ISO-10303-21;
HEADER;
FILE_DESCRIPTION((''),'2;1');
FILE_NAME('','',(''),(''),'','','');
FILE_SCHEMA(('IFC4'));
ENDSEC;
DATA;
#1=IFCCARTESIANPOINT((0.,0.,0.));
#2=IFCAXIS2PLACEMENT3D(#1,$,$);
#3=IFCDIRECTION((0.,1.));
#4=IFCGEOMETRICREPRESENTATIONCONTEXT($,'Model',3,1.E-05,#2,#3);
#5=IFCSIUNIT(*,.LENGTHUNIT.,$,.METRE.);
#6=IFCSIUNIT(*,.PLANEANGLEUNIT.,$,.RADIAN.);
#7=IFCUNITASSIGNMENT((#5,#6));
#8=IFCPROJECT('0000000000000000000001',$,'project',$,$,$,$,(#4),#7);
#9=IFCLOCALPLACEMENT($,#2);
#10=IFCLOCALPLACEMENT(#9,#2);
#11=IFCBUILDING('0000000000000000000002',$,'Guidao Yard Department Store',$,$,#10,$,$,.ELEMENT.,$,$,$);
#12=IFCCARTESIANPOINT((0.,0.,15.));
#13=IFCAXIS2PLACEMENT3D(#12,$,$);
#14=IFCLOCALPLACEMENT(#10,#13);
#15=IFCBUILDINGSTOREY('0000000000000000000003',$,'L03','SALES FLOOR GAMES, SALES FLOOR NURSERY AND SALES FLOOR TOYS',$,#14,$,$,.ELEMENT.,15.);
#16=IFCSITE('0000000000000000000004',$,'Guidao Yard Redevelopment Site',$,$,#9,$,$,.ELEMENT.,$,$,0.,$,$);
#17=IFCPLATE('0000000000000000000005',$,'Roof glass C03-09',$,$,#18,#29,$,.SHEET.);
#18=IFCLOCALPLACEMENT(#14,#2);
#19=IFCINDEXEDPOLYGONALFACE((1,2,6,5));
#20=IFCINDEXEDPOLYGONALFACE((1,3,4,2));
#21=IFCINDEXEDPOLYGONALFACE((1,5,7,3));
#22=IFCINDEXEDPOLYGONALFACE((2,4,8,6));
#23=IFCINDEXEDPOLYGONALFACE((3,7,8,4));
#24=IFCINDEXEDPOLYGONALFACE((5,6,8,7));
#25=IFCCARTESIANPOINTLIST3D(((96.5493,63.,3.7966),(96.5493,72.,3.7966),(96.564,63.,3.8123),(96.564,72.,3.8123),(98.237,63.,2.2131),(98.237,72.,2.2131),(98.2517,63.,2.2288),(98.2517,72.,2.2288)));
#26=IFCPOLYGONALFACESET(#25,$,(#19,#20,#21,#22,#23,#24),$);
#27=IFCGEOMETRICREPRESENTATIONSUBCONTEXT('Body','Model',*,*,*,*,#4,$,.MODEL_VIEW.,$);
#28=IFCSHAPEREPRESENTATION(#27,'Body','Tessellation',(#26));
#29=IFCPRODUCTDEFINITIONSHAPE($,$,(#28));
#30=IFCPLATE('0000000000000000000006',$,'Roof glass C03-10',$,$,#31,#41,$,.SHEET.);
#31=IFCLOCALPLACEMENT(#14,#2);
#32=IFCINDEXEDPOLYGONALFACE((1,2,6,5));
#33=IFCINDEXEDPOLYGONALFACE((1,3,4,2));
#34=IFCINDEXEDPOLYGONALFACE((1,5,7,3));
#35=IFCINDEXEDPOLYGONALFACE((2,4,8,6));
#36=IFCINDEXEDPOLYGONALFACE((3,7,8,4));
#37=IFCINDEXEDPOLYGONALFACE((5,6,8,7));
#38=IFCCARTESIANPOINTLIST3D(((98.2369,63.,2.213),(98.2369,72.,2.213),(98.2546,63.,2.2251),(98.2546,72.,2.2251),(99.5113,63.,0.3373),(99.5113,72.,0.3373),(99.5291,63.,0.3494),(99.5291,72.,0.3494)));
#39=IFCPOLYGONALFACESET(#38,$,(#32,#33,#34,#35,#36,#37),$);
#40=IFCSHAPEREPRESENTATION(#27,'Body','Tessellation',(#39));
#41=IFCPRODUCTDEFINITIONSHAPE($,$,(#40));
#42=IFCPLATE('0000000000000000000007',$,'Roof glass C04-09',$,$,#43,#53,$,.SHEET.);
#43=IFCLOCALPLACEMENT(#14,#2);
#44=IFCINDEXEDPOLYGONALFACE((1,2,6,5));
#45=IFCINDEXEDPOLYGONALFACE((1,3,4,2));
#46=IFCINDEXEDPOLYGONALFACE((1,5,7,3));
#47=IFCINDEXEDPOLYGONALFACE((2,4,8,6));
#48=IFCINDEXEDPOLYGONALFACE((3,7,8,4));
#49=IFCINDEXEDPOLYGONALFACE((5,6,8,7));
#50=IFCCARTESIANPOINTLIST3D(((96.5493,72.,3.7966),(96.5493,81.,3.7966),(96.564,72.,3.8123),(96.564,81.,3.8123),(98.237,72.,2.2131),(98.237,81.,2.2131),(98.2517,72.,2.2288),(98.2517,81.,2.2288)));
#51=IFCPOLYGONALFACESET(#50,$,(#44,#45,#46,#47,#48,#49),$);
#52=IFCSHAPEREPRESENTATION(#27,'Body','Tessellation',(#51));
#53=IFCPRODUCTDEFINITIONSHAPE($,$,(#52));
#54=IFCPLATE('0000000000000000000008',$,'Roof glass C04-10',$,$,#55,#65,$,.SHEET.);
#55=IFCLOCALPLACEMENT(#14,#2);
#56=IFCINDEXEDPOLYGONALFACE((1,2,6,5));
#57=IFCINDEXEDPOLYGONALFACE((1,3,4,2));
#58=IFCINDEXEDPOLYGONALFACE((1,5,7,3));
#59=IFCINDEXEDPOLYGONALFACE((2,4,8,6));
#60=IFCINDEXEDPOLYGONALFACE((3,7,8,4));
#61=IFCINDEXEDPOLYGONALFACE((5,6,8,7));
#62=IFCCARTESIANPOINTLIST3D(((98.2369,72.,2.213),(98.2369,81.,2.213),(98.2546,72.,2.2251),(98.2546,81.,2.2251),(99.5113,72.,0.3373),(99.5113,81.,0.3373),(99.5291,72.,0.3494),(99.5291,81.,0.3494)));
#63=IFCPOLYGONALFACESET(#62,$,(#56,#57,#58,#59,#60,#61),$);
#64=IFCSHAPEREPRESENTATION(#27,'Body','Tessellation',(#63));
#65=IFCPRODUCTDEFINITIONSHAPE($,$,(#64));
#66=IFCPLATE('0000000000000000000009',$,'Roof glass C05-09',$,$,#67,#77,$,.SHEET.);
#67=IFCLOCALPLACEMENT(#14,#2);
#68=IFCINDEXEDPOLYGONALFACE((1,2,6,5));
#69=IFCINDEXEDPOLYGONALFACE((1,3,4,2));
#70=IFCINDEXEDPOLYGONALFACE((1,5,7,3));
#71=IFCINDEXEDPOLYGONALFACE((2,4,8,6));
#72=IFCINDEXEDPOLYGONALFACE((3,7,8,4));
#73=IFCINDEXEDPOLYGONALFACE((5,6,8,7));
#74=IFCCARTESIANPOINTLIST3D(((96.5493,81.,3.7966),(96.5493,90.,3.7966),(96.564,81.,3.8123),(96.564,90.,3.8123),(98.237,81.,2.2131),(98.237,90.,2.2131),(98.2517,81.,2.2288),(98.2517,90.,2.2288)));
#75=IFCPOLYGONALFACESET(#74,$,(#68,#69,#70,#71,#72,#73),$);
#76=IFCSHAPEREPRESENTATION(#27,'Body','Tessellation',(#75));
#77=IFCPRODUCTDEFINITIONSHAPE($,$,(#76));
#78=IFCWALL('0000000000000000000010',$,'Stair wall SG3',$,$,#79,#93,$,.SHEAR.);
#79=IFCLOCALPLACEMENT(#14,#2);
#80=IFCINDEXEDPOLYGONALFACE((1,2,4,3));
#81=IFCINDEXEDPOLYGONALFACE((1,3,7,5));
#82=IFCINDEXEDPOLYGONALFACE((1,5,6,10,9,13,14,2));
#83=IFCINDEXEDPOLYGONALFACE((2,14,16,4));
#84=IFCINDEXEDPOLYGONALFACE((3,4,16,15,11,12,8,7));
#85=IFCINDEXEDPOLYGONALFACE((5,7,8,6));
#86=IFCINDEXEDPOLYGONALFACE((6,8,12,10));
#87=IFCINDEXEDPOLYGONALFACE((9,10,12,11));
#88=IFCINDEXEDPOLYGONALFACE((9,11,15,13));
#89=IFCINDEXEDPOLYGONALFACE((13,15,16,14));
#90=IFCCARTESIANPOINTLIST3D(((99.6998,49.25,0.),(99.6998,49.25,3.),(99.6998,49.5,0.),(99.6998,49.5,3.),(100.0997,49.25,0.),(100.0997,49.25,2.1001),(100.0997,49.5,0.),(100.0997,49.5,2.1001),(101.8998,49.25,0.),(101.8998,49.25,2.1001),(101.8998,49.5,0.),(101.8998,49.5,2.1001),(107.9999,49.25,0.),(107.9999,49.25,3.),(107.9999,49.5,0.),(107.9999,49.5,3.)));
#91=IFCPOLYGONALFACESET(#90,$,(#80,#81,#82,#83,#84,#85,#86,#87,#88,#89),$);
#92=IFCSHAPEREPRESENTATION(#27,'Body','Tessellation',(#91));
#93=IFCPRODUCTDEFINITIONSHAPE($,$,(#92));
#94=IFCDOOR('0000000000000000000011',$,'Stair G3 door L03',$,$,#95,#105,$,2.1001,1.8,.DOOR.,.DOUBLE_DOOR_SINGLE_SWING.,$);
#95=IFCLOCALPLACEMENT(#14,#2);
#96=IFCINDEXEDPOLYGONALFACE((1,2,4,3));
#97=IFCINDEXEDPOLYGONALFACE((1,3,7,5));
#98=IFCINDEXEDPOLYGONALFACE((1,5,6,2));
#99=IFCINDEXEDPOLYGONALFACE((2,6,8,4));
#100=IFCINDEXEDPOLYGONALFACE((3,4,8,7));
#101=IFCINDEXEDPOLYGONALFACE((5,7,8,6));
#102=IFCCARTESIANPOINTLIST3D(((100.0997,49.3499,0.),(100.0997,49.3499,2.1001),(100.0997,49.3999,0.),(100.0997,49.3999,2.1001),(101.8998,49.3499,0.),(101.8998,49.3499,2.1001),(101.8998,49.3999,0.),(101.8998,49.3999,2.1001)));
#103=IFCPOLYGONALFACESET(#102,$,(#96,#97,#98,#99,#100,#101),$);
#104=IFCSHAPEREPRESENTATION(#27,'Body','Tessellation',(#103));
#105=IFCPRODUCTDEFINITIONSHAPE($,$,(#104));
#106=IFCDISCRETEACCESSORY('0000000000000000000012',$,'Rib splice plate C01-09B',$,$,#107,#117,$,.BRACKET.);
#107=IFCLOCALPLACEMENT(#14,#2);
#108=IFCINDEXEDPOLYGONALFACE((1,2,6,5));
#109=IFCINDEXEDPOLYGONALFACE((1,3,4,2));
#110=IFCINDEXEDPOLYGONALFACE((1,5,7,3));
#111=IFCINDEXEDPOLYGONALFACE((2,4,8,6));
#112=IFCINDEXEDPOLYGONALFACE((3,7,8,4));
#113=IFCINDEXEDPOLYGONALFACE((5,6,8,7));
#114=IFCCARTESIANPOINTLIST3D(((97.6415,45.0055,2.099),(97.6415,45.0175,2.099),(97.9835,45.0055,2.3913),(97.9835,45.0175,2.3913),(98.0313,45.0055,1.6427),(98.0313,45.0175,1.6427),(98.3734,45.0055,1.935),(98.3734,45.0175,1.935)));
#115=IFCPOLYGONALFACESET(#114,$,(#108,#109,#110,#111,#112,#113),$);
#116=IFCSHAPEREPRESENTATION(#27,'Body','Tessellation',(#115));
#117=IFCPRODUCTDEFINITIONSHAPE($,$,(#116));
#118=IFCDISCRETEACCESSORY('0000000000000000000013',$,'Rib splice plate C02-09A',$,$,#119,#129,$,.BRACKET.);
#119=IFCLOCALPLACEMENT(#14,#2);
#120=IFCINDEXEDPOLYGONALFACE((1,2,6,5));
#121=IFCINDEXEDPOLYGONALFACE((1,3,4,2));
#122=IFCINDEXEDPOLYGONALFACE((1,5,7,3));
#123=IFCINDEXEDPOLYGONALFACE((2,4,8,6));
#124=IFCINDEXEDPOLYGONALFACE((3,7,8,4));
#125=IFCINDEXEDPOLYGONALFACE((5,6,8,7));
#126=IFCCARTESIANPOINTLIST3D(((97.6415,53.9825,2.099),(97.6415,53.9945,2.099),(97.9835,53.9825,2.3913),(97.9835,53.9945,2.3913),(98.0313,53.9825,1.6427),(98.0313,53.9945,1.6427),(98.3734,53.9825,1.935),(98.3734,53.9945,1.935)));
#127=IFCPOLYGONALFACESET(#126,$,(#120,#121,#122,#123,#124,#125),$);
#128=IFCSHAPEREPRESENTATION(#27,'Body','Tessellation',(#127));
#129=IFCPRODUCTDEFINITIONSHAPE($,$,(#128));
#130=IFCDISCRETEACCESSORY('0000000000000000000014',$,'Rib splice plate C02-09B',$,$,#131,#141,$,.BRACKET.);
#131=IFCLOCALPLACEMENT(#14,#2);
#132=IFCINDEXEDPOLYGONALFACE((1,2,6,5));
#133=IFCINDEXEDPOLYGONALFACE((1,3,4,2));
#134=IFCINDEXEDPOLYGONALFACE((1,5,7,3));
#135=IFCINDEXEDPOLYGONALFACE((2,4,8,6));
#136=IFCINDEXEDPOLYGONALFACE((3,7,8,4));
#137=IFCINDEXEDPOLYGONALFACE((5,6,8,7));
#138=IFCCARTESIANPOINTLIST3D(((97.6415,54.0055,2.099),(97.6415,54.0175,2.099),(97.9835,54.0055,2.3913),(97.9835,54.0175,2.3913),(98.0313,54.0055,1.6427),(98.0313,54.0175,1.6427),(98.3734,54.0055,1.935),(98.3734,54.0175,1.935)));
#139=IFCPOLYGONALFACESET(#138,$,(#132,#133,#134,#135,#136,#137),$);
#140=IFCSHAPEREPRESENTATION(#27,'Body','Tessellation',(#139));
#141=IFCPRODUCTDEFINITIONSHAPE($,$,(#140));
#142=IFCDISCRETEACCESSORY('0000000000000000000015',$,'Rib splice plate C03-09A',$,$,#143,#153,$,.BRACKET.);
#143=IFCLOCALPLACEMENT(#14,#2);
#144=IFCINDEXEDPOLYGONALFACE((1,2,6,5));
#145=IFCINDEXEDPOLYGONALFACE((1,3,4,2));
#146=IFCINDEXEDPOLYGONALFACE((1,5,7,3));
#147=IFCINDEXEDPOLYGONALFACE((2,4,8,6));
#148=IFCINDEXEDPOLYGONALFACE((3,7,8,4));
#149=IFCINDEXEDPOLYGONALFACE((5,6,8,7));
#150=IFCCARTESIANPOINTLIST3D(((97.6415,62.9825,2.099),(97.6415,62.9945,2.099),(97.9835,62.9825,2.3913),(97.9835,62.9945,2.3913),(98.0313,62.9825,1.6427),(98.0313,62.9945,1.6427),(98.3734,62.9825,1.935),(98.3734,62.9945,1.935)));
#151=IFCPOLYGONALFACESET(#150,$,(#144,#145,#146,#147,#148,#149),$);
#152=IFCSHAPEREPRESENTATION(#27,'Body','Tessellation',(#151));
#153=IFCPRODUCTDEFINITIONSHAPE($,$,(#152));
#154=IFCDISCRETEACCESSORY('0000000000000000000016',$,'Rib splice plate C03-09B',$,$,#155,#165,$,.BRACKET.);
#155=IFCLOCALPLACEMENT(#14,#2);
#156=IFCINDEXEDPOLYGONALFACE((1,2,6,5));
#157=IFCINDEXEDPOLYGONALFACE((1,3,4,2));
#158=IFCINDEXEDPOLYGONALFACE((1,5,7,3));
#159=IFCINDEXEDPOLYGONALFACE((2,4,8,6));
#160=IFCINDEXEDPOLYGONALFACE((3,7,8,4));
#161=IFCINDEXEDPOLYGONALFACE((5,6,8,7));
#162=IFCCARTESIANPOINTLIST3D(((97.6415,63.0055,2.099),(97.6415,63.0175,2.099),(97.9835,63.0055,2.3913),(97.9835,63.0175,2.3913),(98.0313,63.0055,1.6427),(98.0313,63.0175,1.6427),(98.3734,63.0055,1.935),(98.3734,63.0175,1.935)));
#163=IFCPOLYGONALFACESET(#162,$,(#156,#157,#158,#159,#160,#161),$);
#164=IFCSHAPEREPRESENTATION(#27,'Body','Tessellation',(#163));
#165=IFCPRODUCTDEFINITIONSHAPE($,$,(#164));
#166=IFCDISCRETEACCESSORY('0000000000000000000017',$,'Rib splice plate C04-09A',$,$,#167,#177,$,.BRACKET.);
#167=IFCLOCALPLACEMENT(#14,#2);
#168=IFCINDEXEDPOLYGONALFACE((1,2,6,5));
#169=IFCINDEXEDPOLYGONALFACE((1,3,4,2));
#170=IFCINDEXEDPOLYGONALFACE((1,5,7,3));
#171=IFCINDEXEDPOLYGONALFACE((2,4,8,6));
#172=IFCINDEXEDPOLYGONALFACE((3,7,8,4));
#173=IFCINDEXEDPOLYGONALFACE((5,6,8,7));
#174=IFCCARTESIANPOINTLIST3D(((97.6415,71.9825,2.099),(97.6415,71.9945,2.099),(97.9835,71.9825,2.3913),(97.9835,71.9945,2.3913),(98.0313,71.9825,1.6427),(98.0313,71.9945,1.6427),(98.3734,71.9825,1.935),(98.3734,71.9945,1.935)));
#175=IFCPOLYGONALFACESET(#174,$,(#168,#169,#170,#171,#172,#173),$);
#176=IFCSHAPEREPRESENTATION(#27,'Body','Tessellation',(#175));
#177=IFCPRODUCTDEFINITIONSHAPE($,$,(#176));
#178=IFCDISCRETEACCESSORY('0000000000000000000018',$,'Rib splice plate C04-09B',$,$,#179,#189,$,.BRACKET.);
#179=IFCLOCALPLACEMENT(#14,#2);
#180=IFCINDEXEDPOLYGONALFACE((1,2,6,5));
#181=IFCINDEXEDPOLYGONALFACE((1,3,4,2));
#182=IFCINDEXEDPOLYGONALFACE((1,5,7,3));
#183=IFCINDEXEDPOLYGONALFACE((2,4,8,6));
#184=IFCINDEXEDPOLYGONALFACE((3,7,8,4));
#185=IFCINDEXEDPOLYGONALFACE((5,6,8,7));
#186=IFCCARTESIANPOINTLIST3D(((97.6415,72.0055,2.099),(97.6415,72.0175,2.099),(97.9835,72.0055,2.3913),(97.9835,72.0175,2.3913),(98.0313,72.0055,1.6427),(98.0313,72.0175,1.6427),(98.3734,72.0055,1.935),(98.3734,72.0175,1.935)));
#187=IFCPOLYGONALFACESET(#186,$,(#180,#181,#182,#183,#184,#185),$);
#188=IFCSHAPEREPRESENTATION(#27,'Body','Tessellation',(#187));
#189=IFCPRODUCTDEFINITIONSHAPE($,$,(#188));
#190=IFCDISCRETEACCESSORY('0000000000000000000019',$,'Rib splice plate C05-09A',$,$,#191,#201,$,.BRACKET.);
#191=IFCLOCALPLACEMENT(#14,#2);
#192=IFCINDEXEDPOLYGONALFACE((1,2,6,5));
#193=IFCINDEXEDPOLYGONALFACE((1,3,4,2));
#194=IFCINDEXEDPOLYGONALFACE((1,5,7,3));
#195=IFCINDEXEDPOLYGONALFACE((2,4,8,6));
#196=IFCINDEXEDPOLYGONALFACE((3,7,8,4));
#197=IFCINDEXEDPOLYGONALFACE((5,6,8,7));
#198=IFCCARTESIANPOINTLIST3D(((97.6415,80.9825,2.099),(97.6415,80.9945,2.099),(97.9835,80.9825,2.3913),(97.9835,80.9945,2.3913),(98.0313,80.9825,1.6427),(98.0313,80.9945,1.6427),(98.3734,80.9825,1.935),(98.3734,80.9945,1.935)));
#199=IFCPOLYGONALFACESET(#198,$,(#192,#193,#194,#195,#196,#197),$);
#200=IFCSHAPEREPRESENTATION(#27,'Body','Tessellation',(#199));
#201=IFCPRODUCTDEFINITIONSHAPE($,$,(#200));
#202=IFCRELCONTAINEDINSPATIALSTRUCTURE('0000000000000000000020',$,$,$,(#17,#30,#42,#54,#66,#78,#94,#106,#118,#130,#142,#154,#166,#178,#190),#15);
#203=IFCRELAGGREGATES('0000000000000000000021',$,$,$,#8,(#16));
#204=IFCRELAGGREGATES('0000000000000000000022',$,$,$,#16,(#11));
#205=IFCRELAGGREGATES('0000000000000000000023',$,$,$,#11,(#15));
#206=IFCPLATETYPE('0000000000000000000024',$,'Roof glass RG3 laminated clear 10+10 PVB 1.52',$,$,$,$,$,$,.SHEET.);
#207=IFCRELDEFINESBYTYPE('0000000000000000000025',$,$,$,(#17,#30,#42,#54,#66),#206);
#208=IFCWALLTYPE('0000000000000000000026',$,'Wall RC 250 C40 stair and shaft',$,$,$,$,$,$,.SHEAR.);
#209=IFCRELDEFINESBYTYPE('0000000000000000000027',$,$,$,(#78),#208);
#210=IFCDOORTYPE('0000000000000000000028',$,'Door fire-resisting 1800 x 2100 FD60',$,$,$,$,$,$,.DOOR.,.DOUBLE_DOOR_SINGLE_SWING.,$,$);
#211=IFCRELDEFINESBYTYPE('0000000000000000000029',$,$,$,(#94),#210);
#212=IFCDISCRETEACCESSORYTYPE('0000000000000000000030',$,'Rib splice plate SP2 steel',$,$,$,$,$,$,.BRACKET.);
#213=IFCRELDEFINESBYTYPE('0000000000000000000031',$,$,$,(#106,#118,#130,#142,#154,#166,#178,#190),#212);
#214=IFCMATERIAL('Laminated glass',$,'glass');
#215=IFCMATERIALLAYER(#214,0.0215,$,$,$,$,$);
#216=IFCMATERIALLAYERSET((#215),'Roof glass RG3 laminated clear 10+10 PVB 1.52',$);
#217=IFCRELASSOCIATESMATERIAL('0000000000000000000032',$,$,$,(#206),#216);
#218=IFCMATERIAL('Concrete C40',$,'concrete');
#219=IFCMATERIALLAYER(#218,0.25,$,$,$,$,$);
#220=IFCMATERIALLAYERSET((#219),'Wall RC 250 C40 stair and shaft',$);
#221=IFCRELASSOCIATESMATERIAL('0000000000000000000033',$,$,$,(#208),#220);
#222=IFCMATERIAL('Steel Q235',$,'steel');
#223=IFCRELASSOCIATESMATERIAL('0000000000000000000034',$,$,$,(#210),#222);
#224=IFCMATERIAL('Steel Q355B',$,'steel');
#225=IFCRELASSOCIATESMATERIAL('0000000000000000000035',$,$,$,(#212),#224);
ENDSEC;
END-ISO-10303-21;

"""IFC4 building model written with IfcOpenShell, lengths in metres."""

from ifc_helpers import new_model, si_unit, direction, frame, frame_2d, origin, origin_2d, place, context, subcontext, project, spatial, polyline, rectangle, outline, extrude, material, layer, layer_set, material_profile, profile_set, type_object, element, fill, save


model = new_model("IFC4")

# Units and contexts
model_context = context("Model", 3, precision=1e-05, world=origin(), true_north=direction((0.0, 1.0)))
body_context = subcontext(model_context, "Body", "Model", "MODEL_VIEW")
ifc_project = project(units=[si_unit("LENGTHUNIT", "METRE"), si_unit("PLANEANGLEUNIT", "RADIAN")], contexts=[model_context])

# Site, building, storey
site_placement = place(None, origin())
site = spatial("IfcSite", under=ifc_project, at=site_placement, Name="Guidao Yard Redevelopment Site", CompositionType="ELEMENT", RefElevation=0.0)
building_placement = place(site_placement, origin())
building = spatial("IfcBuilding", under=site, at=building_placement, Name="Guidao Yard Department Store", CompositionType="ELEMENT")
storey_placement = place(building_placement, frame((0.0, 0.0, 15.0)))
storey = spatial("IfcBuildingStorey", under=building, at=storey_placement, Name="L03", Description="SALES FLOOR GAMES, SALES FLOOR NURSERY AND SALES FLOOR TOYS", CompositionType="ELEMENT", Elevation=15.0)

# Plates
ifc_material_1 = material(Name="Laminated glass", Category="glass")
ifc_layer_1 = layer(ifc_material_1, 0.0215)
ifc_layer_set_1 = layer_set([ifc_layer_1], Name="Roof glass RG3 laminated clear 10+10 PVB 1.52")
plate_type = type_object("IfcPlateType", Name="Roof glass RG3 laminated clear 10+10 PVB 1.52", PredefinedType="SHEET", material=ifc_layer_set_1)
plate_1_placement = place(storey_placement, frame((96.564, 63.0, 3.8123), z_axis=(0.684225, 0.0, 0.729271), x_axis=(0.729271, 0.0, -0.684225)))
element("IfcPlate", 1, at=plate_1_placement, inside=storey, type_object=plate_type, Name="Roof glass C03-09", PredefinedType="SHEET", context=body_context, shape_type="SweptSolid", body=[
    extrude(outline(polyline([(0.0, 0.0), (2.3143, 0.0), (2.3143, 9.0), (0.0, 9.0), (0.0, 0.0)])), origin(), (0.0, 0.0, -1.0), 0.0215),
])
plate_2_placement = place(storey_placement, frame((98.2546, 63.0, 2.2251), z_axis=(0.827149, 0.0, 0.561983), x_axis=(0.561983, 0.0, -0.827149)))
element("IfcPlate", 2, at=plate_2_placement, inside=storey, type_object=plate_type, Name="Roof glass C03-10", PredefinedType="SHEET", context=body_context, shape_type="SweptSolid", body=[
    extrude(outline(polyline([(0.0, 0.0), (2.2677, 0.0), (2.2677, 9.0), (0.0, 9.0), (0.0, 0.0)])), origin(), (0.0, 0.0, -1.0), 0.0215),
])
plate_3_placement = place(storey_placement, frame((96.564, 72.0, 3.8123), z_axis=(0.684225, 0.0, 0.729271), x_axis=(0.729271, 0.0, -0.684225)))
element("IfcPlate", 3, at=plate_3_placement, inside=storey, type_object=plate_type, Name="Roof glass C04-09", PredefinedType="SHEET", context=body_context, shape_type="SweptSolid", body=[
    extrude(outline(polyline([(0.0, 0.0), (2.3143, 0.0), (2.3143, 9.0), (0.0, 9.0), (0.0, 0.0)])), origin(), (0.0, 0.0, -1.0), 0.0215),
])
plate_4_placement = place(storey_placement, frame((98.2546, 72.0, 2.2251), z_axis=(0.827149, 0.0, 0.561983), x_axis=(0.561983, 0.0, -0.827149)))
element("IfcPlate", 4, at=plate_4_placement, inside=storey, type_object=plate_type, Name="Roof glass C04-10", PredefinedType="SHEET", context=body_context, shape_type="SweptSolid", body=[
    extrude(outline(polyline([(0.0, 0.0), (2.2677, 0.0), (2.2677, 9.0), (0.0, 9.0), (0.0, 0.0)])), origin(), (0.0, 0.0, -1.0), 0.0215),
])
plate_5_placement = place(storey_placement, frame((96.564, 81.0, 3.8123), z_axis=(0.684225, 0.0, 0.729271), x_axis=(0.729271, 0.0, -0.684225)))
element("IfcPlate", 5, at=plate_5_placement, inside=storey, type_object=plate_type, Name="Roof glass C05-09", PredefinedType="SHEET", context=body_context, shape_type="SweptSolid", body=[
    extrude(outline(polyline([(0.0, 0.0), (2.3143, 0.0), (2.3143, 9.0), (0.0, 9.0), (0.0, 0.0)])), origin(), (0.0, 0.0, -1.0), 0.0215),
])

# Wall, opening, door
ifc_material_2 = material(Name="Concrete C40", Category="concrete")
ifc_layer_2 = layer(ifc_material_2, 0.25)
ifc_layer_set_2 = layer_set([ifc_layer_2], Name="Wall RC 250 C40 stair and shaft")
wall_type = type_object("IfcWallType", Name="Wall RC 250 C40 stair and shaft", PredefinedType="SHEAR", material=ifc_layer_set_2)
wall_placement = place(storey_placement, frame((99.7, 49.375, 0.0), z_axis=(0.0, 0.0, 1.0), x_axis=(1.0, 0.0, 0.0)))
wall = element("IfcWall", 6, at=wall_placement, inside=storey, type_object=wall_type, Name="Stair wall SG3", PredefinedType="SHEAR", context=body_context, shape_type="SweptSolid", body=[
    extrude(rectangle(XDim=8.3, YDim=0.25, at=frame_2d((4.1499, 0.0))), origin(), (0.0, 0.0, 1.0), 3.0),
])
opening_placement = place(wall_placement, frame((0.3999, 0.0, 0.0)))
opening = element("IfcOpeningElement", 7, at=opening_placement, cuts=wall, PredefinedType="OPENING", context=body_context, shape_type="SweptSolid", body=[
    extrude(rectangle(XDim=1.8, YDim=2.1001, at=frame_2d((0.8999, 1.05))), frame((0.0, 0.135, 0.0), z_axis=(0.0, -1.0, 0.0), x_axis=(1.0, 0.0, 0.0)), (0.0, 0.0, 1.0), 0.27),
])
ifc_material_3 = material(Name="Steel Q235", Category="steel")
door_type = type_object("IfcDoorType", Name="Door fire-resisting 1800 x 2100 FD60", OperationType="DOUBLE_DOOR_SINGLE_SWING", PredefinedType="DOOR", material=ifc_material_3)
door_placement = place(opening_placement, origin())
door = element("IfcDoor", 8, at=door_placement, inside=storey, type_object=door_type, Name="Stair G3 door L03", OperationType="DOUBLE_DOOR_SINGLE_SWING", OverallHeight=2.1001, OverallWidth=1.8, PredefinedType="DOOR", context=body_context, shape_type="SweptSolid", body=[
    extrude(rectangle(XDim=1.8, YDim=2.1001, at=frame_2d((0.8999, 1.05))), frame((0.0, 0.0249, 0.0), z_axis=(0.0, -1.0, 0.0), x_axis=(1.0, 0.0, 0.0)), (0.0, 0.0, 1.0), 0.05),
])
fill(opening, door)

# Discrete accessories
ifc_material_4 = material(Name="Steel Q355B", Category="steel")
ifc_material_profile_1 = material_profile(ifc_material_4, rectangle(XDim=0.012, YDim=0.45, at=origin_2d()), Name="Splice plate 450x12")
ifc_profile_set_1 = profile_set([ifc_material_profile_1], Name="Steel Q355B")
discrete_accessory_type_1 = type_object("IfcDiscreteAccessoryType", Name="Rib splice plate SP2 steel", PredefinedType="BRACKET", material=ifc_profile_set_1)
for number, where, z_axis, x_axis, name in (
    (9, (97.8125, 45.0115, 2.2451), (0.649618, 0.0, -0.760261), (0.0, 1.0, 0.0), "Rib splice plate C01-09B"),
    (10, (97.8125, 53.9885, 2.2451), (0.649618, 0.0, -0.760261), (0.0, 1.0, 0.0), "Rib splice plate C02-09A"),
    (11, (97.8125, 54.0115, 2.2451), (0.649618, 0.0, -0.760261), (0.0, 1.0, 0.0), "Rib splice plate C02-09B"),
    (12, (97.8125, 62.9885, 2.2451), (0.649618, 0.0, -0.760261), (0.0, 1.0, 0.0), "Rib splice plate C03-09A"),
    (13, (97.8125, 63.0115, 2.2451), (0.649618, 0.0, -0.760261), (0.0, 1.0, 0.0), "Rib splice plate C03-09B"),
    (14, (97.8125, 71.9885, 2.2451), (0.649618, 0.0, -0.760261), (0.0, 1.0, 0.0), "Rib splice plate C04-09A"),
    (15, (97.8125, 72.0115, 2.2451), (0.649618, 0.0, -0.760261), (0.0, 1.0, 0.0), "Rib splice plate C04-09B"),
    (16, (97.8125, 80.9885, 2.2451), (0.649618, 0.0, -0.760261), (0.0, 1.0, 0.0), "Rib splice plate C05-09A"),
):
    element("IfcDiscreteAccessory", number, at=place(storey_placement, frame(where, z_axis=z_axis, x_axis=x_axis)), inside=storey, type_object=discrete_accessory_type_1, Name=name, PredefinedType="BRACKET", context=body_context, shape_type="SweptSolid", body=[
        extrude(rectangle(XDim=0.012, YDim=0.45, at=origin_2d()), origin(), (0.0, 0.0, 1.0), 0.6001),
    ])

save(model, "model.ifc")
